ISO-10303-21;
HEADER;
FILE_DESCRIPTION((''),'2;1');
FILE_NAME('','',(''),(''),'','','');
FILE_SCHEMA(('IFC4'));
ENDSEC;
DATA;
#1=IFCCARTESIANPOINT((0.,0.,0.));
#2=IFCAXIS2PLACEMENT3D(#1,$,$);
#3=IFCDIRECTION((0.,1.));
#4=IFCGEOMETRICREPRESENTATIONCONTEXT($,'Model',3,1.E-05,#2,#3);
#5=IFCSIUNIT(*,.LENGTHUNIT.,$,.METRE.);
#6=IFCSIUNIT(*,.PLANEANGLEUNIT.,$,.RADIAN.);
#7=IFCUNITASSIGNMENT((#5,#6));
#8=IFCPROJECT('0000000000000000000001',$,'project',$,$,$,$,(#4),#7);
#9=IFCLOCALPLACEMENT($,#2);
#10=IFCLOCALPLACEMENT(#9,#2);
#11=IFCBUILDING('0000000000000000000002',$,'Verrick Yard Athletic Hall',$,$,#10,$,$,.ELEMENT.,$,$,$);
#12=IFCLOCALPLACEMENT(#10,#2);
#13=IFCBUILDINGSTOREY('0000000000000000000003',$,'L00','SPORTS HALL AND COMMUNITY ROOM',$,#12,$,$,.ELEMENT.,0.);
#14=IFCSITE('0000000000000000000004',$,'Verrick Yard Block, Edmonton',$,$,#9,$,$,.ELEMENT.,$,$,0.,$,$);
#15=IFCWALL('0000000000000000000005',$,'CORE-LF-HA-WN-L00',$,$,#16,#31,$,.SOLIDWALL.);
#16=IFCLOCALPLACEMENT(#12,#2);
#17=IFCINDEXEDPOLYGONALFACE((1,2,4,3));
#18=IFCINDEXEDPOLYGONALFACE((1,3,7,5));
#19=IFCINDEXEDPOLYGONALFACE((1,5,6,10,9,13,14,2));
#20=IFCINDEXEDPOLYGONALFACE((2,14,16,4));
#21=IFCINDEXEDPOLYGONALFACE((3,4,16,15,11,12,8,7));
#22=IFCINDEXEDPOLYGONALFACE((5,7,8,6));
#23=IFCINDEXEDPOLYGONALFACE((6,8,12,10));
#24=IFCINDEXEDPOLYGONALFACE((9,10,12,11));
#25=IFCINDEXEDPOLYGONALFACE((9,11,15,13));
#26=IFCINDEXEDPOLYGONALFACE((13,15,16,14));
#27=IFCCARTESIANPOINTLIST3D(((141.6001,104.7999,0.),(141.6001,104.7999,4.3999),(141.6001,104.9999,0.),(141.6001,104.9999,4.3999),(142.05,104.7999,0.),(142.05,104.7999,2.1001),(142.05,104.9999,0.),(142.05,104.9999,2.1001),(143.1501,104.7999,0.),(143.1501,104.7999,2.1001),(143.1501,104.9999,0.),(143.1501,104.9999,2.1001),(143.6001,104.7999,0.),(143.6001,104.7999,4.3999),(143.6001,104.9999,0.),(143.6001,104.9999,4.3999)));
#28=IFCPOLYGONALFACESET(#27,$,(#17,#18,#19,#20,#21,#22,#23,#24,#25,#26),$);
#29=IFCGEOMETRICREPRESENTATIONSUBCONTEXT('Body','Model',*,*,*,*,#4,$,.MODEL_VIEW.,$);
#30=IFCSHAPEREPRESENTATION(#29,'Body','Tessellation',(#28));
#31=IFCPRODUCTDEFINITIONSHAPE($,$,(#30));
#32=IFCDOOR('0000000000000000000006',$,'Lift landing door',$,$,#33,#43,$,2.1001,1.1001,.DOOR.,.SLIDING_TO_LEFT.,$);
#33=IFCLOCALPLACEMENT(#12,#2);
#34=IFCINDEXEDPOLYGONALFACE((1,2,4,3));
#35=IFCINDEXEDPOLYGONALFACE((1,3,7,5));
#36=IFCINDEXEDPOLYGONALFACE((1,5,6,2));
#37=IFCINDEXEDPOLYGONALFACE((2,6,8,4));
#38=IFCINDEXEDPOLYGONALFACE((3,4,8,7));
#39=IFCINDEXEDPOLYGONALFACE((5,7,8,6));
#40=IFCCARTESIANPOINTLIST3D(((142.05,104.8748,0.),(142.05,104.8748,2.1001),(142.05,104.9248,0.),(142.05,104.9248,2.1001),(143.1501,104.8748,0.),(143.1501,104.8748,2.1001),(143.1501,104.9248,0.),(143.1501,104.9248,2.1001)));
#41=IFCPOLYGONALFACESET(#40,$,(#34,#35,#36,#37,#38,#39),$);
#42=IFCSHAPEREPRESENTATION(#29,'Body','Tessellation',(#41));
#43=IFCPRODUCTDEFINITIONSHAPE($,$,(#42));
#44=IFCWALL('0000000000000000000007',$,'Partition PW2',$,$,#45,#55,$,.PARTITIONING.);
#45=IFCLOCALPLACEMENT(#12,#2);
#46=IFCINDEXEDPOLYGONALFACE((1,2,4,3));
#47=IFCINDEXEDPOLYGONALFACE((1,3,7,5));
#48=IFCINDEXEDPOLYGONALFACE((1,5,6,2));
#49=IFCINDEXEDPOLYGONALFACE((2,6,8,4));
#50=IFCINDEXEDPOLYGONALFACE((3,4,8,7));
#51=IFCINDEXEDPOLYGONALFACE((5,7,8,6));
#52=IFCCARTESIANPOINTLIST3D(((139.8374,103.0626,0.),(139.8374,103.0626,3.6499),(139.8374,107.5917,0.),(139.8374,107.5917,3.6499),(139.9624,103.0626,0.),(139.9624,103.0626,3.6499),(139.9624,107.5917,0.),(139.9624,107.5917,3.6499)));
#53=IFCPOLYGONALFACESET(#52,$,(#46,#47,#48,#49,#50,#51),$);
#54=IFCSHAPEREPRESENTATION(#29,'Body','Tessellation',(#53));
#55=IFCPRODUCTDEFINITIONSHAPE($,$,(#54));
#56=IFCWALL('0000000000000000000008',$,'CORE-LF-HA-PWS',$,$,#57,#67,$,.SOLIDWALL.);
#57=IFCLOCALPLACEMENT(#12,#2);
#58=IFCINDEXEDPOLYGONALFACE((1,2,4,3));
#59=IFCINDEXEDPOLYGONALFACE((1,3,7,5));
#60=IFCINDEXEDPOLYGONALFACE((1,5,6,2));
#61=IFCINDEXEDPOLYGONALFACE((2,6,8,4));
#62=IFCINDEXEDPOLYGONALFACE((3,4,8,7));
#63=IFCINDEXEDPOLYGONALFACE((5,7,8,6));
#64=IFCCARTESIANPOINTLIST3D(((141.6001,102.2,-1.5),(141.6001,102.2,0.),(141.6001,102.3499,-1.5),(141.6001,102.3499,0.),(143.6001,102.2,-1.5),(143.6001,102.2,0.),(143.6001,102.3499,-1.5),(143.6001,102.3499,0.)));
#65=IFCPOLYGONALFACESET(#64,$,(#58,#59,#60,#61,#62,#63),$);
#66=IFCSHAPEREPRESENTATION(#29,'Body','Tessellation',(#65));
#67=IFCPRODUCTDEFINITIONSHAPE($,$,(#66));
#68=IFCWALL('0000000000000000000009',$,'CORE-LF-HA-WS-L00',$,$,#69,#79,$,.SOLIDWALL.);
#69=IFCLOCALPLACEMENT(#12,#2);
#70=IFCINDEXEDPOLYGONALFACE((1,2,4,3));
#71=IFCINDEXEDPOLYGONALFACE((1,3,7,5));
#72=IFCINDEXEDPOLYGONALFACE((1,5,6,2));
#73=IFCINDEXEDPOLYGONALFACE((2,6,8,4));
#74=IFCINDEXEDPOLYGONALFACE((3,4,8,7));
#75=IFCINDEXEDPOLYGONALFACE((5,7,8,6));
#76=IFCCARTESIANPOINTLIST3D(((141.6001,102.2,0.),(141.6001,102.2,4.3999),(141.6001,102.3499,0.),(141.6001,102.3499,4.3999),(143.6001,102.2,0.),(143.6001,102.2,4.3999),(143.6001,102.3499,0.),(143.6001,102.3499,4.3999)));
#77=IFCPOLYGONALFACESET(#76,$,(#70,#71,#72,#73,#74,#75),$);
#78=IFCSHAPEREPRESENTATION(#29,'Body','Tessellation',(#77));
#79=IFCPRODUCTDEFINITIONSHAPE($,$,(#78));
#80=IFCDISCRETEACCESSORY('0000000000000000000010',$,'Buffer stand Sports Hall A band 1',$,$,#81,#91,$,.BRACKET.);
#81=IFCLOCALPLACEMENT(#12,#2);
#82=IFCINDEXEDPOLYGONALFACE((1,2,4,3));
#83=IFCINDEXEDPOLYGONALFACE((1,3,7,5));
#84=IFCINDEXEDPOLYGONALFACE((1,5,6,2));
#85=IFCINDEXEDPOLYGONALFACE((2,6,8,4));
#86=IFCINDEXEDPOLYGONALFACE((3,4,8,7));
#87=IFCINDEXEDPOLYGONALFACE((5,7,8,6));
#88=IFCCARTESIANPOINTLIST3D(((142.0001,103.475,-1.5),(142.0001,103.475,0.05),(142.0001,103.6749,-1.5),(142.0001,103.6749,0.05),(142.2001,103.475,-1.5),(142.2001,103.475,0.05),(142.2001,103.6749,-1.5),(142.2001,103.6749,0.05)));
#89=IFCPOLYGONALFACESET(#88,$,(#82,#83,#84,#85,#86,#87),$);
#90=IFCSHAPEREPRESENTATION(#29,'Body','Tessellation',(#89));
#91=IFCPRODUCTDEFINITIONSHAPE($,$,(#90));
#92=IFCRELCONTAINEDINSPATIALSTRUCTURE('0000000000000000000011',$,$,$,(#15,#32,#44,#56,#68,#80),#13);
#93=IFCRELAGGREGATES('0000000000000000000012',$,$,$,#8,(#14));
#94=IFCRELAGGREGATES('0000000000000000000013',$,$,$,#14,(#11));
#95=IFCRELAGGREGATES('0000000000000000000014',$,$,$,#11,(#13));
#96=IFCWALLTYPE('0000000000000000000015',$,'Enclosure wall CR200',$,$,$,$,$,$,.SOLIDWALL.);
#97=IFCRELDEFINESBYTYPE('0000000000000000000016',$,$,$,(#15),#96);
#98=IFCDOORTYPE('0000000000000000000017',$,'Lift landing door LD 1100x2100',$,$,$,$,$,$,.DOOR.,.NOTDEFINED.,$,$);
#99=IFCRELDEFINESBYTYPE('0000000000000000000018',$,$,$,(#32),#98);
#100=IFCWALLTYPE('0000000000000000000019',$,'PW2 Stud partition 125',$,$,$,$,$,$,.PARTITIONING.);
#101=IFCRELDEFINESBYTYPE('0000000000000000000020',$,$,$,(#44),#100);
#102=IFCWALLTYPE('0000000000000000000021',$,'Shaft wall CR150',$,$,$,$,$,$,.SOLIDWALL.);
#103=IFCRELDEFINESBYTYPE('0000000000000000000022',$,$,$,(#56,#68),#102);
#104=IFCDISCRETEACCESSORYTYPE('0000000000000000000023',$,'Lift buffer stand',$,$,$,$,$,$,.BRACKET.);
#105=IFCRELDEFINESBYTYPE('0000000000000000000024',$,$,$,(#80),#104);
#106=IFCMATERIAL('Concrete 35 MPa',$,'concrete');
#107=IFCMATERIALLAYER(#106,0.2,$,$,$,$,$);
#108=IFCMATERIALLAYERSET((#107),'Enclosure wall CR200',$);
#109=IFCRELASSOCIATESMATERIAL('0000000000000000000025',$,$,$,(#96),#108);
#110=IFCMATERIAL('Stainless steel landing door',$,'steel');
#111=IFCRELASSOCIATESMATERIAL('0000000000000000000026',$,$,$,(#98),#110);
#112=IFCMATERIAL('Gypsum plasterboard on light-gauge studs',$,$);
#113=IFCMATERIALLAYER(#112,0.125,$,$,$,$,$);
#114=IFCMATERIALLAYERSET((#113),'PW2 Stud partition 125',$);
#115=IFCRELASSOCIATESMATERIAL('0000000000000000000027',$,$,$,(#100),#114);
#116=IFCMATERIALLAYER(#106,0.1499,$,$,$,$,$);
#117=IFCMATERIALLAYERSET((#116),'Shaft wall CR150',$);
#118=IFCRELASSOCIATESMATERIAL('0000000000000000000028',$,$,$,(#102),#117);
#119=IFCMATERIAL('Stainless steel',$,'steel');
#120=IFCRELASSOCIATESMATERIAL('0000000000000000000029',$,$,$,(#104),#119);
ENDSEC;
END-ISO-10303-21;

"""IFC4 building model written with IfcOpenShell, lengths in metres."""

from ifc_helpers import new_model, si_unit, direction, frame, frame_2d, origin, origin_2d, place, context, subcontext, project, spatial, rectangle, extrude, material, layer, layer_set, type_object, element, fill, save


model = new_model("IFC4")

# Units and contexts
model_context = context("Model", 3, precision=1e-05, world=origin(), true_north=direction((0.0, 1.0)))
body_context = subcontext(model_context, "Body", "Model", "MODEL_VIEW")
ifc_project = project(units=[si_unit("LENGTHUNIT", "METRE"), si_unit("PLANEANGLEUNIT", "RADIAN")], contexts=[model_context])

# Site, building, storey
site_placement = place(None, origin())
site = spatial("IfcSite", under=ifc_project, at=site_placement, Name="Verrick Yard Block, Edmonton", CompositionType="ELEMENT", RefElevation=0.0)
building_placement = place(site_placement, origin())
building = spatial("IfcBuilding", under=site, at=building_placement, Name="Verrick Yard Athletic Hall", CompositionType="ELEMENT")
storey_placement = place(building_placement, origin())
storey = spatial("IfcBuildingStorey", under=building, at=storey_placement, Name="L00", Description="SPORTS HALL AND COMMUNITY ROOM", CompositionType="ELEMENT", Elevation=0.0)

# Shared definitions
ifc_material_1 = material(Name="Concrete 35 MPa", Category="concrete")

# Shared definitions
ifc_layer_1 = layer(ifc_material_1, 0.2)
ifc_layer_set_1 = layer_set([ifc_layer_1], Name="Enclosure wall CR200")
wall_type_1 = type_object("IfcWallType", Name="Enclosure wall CR200", PredefinedType="SOLIDWALL", material=ifc_layer_set_1)

# Wall, opening, door
wall_1_placement = place(storey_placement, frame((141.6001, 104.8999, 0.0), z_axis=(0.0, 0.0, 1.0), x_axis=(1.0, 0.0, 0.0)))
wall_1 = element("IfcWall", 1, at=wall_1_placement, inside=storey, type_object=wall_type_1, Name="CORE-LF-HA-WN-L00", PredefinedType="SOLIDWALL", context=body_context, shape_type="SweptSolid", body=[
    extrude(rectangle(XDim=2.0, YDim=0.2, at=frame_2d((1.0, 0.0))), origin(), (0.0, 0.0, 1.0), 4.3999),
])
opening_placement = place(wall_1_placement, frame((0.45, 0.0, 0.0)))
opening = element("IfcOpeningElement", 2, at=opening_placement, cuts=wall_1, PredefinedType="OPENING", context=body_context, shape_type="SweptSolid", body=[
    extrude(rectangle(XDim=1.1001, YDim=2.1001, at=frame_2d((0.55, 1.05))), frame((0.0, 0.1099, 0.0), z_axis=(0.0, -1.0, 0.0), x_axis=(1.0, 0.0, 0.0)), (0.0, 0.0, 1.0), 0.22),
])
ifc_material_2 = material(Name="Stainless steel landing door", Category="steel")
door_type = type_object("IfcDoorType", Name="Lift landing door LD 1100x2100", OperationType="NOTDEFINED", PredefinedType="DOOR", material=ifc_material_2)
door_placement = place(opening_placement, origin())
door = element("IfcDoor", 3, at=door_placement, inside=storey, type_object=door_type, Name="Lift landing door", OperationType="SLIDING_TO_LEFT", OverallHeight=2.1001, OverallWidth=1.1001, PredefinedType="DOOR", context=body_context, shape_type="SweptSolid", body=[
    extrude(rectangle(XDim=1.1001, YDim=2.1001, at=frame_2d((0.55, 1.05))), frame((0.0, 0.0249, 0.0), z_axis=(0.0, -1.0, 0.0), x_axis=(1.0, 0.0, 0.0)), (0.0, 0.0, 1.0), 0.05),
])
fill(opening, door)

# Walls
ifc_material_3 = material(Name="Gypsum plasterboard on light-gauge studs")
ifc_layer_2 = layer(ifc_material_3, 0.125)
ifc_layer_set_2 = layer_set([ifc_layer_2], Name="PW2 Stud partition 125")
wall_type_2 = type_object("IfcWallType", Name="PW2 Stud partition 125", PredefinedType="PARTITIONING", material=ifc_layer_set_2)
wall_2_placement = place(storey_placement, frame((139.8999, 103.0625, 0.0), z_axis=(0.0, 0.0, 1.0), x_axis=(0.0, 1.0, 0.0)))
element("IfcWall", 4, at=wall_2_placement, inside=storey, type_object=wall_type_2, Name="Partition PW2", PredefinedType="PARTITIONING", context=body_context, shape_type="SweptSolid", body=[
    extrude(rectangle(XDim=4.5291, YDim=0.125, at=frame_2d((2.2646, 0.0))), origin(), (0.0, 0.0, 1.0), 3.6499),
])
ifc_layer_3 = layer(ifc_material_1, 0.1499)
ifc_layer_set_3 = layer_set([ifc_layer_3], Name="Shaft wall CR150")
wall_type_3 = type_object("IfcWallType", Name="Shaft wall CR150", PredefinedType="SOLIDWALL", material=ifc_layer_set_3)
wall_3_placement = place(storey_placement, frame((141.6001, 102.2749, -1.5), z_axis=(0.0, 0.0, 1.0), x_axis=(1.0, 0.0, 0.0)))
element("IfcWall", 5, at=wall_3_placement, inside=storey, type_object=wall_type_3, Name="CORE-LF-HA-PWS", PredefinedType="SOLIDWALL", context=body_context, shape_type="SweptSolid", body=[
    extrude(rectangle(XDim=2.0, YDim=0.1499, at=frame_2d((1.0, 0.0))), origin(), (0.0, 0.0, 1.0), 1.5),
])
wall_4_placement = place(storey_placement, frame((141.6001, 102.2749, 0.0), z_axis=(0.0, 0.0, 1.0), x_axis=(1.0, 0.0, 0.0)))
element("IfcWall", 6, at=wall_4_placement, inside=storey, type_object=wall_type_3, Name="CORE-LF-HA-WS-L00", PredefinedType="SOLIDWALL", context=body_context, shape_type="SweptSolid", body=[
    extrude(rectangle(XDim=2.0, YDim=0.1499, at=frame_2d((1.0, 0.0))), origin(), (0.0, 0.0, 1.0), 4.3999),
])

# Discrete accessory
ifc_material_4 = material(Name="Stainless steel", Category="steel")
discrete_accessory_type = type_object("IfcDiscreteAccessoryType", Name="Lift buffer stand", PredefinedType="BRACKET", material=ifc_material_4)
discrete_accessory_placement = place(storey_placement, frame((142.1001, 103.575, -1.5), z_axis=(0.0, 0.0, 1.0), x_axis=(1.0, 0.0, 0.0)))
element("IfcDiscreteAccessory", 7, at=discrete_accessory_placement, inside=storey, type_object=discrete_accessory_type, Name="Buffer stand Sports Hall A band 1", PredefinedType="BRACKET", context=body_context, shape_type="SweptSolid", body=[
    extrude(rectangle(XDim=0.2, YDim=0.2, at=origin_2d()), origin(), (0.0, 0.0, 1.0), 1.55),
])

save(model, "model.ifc")
